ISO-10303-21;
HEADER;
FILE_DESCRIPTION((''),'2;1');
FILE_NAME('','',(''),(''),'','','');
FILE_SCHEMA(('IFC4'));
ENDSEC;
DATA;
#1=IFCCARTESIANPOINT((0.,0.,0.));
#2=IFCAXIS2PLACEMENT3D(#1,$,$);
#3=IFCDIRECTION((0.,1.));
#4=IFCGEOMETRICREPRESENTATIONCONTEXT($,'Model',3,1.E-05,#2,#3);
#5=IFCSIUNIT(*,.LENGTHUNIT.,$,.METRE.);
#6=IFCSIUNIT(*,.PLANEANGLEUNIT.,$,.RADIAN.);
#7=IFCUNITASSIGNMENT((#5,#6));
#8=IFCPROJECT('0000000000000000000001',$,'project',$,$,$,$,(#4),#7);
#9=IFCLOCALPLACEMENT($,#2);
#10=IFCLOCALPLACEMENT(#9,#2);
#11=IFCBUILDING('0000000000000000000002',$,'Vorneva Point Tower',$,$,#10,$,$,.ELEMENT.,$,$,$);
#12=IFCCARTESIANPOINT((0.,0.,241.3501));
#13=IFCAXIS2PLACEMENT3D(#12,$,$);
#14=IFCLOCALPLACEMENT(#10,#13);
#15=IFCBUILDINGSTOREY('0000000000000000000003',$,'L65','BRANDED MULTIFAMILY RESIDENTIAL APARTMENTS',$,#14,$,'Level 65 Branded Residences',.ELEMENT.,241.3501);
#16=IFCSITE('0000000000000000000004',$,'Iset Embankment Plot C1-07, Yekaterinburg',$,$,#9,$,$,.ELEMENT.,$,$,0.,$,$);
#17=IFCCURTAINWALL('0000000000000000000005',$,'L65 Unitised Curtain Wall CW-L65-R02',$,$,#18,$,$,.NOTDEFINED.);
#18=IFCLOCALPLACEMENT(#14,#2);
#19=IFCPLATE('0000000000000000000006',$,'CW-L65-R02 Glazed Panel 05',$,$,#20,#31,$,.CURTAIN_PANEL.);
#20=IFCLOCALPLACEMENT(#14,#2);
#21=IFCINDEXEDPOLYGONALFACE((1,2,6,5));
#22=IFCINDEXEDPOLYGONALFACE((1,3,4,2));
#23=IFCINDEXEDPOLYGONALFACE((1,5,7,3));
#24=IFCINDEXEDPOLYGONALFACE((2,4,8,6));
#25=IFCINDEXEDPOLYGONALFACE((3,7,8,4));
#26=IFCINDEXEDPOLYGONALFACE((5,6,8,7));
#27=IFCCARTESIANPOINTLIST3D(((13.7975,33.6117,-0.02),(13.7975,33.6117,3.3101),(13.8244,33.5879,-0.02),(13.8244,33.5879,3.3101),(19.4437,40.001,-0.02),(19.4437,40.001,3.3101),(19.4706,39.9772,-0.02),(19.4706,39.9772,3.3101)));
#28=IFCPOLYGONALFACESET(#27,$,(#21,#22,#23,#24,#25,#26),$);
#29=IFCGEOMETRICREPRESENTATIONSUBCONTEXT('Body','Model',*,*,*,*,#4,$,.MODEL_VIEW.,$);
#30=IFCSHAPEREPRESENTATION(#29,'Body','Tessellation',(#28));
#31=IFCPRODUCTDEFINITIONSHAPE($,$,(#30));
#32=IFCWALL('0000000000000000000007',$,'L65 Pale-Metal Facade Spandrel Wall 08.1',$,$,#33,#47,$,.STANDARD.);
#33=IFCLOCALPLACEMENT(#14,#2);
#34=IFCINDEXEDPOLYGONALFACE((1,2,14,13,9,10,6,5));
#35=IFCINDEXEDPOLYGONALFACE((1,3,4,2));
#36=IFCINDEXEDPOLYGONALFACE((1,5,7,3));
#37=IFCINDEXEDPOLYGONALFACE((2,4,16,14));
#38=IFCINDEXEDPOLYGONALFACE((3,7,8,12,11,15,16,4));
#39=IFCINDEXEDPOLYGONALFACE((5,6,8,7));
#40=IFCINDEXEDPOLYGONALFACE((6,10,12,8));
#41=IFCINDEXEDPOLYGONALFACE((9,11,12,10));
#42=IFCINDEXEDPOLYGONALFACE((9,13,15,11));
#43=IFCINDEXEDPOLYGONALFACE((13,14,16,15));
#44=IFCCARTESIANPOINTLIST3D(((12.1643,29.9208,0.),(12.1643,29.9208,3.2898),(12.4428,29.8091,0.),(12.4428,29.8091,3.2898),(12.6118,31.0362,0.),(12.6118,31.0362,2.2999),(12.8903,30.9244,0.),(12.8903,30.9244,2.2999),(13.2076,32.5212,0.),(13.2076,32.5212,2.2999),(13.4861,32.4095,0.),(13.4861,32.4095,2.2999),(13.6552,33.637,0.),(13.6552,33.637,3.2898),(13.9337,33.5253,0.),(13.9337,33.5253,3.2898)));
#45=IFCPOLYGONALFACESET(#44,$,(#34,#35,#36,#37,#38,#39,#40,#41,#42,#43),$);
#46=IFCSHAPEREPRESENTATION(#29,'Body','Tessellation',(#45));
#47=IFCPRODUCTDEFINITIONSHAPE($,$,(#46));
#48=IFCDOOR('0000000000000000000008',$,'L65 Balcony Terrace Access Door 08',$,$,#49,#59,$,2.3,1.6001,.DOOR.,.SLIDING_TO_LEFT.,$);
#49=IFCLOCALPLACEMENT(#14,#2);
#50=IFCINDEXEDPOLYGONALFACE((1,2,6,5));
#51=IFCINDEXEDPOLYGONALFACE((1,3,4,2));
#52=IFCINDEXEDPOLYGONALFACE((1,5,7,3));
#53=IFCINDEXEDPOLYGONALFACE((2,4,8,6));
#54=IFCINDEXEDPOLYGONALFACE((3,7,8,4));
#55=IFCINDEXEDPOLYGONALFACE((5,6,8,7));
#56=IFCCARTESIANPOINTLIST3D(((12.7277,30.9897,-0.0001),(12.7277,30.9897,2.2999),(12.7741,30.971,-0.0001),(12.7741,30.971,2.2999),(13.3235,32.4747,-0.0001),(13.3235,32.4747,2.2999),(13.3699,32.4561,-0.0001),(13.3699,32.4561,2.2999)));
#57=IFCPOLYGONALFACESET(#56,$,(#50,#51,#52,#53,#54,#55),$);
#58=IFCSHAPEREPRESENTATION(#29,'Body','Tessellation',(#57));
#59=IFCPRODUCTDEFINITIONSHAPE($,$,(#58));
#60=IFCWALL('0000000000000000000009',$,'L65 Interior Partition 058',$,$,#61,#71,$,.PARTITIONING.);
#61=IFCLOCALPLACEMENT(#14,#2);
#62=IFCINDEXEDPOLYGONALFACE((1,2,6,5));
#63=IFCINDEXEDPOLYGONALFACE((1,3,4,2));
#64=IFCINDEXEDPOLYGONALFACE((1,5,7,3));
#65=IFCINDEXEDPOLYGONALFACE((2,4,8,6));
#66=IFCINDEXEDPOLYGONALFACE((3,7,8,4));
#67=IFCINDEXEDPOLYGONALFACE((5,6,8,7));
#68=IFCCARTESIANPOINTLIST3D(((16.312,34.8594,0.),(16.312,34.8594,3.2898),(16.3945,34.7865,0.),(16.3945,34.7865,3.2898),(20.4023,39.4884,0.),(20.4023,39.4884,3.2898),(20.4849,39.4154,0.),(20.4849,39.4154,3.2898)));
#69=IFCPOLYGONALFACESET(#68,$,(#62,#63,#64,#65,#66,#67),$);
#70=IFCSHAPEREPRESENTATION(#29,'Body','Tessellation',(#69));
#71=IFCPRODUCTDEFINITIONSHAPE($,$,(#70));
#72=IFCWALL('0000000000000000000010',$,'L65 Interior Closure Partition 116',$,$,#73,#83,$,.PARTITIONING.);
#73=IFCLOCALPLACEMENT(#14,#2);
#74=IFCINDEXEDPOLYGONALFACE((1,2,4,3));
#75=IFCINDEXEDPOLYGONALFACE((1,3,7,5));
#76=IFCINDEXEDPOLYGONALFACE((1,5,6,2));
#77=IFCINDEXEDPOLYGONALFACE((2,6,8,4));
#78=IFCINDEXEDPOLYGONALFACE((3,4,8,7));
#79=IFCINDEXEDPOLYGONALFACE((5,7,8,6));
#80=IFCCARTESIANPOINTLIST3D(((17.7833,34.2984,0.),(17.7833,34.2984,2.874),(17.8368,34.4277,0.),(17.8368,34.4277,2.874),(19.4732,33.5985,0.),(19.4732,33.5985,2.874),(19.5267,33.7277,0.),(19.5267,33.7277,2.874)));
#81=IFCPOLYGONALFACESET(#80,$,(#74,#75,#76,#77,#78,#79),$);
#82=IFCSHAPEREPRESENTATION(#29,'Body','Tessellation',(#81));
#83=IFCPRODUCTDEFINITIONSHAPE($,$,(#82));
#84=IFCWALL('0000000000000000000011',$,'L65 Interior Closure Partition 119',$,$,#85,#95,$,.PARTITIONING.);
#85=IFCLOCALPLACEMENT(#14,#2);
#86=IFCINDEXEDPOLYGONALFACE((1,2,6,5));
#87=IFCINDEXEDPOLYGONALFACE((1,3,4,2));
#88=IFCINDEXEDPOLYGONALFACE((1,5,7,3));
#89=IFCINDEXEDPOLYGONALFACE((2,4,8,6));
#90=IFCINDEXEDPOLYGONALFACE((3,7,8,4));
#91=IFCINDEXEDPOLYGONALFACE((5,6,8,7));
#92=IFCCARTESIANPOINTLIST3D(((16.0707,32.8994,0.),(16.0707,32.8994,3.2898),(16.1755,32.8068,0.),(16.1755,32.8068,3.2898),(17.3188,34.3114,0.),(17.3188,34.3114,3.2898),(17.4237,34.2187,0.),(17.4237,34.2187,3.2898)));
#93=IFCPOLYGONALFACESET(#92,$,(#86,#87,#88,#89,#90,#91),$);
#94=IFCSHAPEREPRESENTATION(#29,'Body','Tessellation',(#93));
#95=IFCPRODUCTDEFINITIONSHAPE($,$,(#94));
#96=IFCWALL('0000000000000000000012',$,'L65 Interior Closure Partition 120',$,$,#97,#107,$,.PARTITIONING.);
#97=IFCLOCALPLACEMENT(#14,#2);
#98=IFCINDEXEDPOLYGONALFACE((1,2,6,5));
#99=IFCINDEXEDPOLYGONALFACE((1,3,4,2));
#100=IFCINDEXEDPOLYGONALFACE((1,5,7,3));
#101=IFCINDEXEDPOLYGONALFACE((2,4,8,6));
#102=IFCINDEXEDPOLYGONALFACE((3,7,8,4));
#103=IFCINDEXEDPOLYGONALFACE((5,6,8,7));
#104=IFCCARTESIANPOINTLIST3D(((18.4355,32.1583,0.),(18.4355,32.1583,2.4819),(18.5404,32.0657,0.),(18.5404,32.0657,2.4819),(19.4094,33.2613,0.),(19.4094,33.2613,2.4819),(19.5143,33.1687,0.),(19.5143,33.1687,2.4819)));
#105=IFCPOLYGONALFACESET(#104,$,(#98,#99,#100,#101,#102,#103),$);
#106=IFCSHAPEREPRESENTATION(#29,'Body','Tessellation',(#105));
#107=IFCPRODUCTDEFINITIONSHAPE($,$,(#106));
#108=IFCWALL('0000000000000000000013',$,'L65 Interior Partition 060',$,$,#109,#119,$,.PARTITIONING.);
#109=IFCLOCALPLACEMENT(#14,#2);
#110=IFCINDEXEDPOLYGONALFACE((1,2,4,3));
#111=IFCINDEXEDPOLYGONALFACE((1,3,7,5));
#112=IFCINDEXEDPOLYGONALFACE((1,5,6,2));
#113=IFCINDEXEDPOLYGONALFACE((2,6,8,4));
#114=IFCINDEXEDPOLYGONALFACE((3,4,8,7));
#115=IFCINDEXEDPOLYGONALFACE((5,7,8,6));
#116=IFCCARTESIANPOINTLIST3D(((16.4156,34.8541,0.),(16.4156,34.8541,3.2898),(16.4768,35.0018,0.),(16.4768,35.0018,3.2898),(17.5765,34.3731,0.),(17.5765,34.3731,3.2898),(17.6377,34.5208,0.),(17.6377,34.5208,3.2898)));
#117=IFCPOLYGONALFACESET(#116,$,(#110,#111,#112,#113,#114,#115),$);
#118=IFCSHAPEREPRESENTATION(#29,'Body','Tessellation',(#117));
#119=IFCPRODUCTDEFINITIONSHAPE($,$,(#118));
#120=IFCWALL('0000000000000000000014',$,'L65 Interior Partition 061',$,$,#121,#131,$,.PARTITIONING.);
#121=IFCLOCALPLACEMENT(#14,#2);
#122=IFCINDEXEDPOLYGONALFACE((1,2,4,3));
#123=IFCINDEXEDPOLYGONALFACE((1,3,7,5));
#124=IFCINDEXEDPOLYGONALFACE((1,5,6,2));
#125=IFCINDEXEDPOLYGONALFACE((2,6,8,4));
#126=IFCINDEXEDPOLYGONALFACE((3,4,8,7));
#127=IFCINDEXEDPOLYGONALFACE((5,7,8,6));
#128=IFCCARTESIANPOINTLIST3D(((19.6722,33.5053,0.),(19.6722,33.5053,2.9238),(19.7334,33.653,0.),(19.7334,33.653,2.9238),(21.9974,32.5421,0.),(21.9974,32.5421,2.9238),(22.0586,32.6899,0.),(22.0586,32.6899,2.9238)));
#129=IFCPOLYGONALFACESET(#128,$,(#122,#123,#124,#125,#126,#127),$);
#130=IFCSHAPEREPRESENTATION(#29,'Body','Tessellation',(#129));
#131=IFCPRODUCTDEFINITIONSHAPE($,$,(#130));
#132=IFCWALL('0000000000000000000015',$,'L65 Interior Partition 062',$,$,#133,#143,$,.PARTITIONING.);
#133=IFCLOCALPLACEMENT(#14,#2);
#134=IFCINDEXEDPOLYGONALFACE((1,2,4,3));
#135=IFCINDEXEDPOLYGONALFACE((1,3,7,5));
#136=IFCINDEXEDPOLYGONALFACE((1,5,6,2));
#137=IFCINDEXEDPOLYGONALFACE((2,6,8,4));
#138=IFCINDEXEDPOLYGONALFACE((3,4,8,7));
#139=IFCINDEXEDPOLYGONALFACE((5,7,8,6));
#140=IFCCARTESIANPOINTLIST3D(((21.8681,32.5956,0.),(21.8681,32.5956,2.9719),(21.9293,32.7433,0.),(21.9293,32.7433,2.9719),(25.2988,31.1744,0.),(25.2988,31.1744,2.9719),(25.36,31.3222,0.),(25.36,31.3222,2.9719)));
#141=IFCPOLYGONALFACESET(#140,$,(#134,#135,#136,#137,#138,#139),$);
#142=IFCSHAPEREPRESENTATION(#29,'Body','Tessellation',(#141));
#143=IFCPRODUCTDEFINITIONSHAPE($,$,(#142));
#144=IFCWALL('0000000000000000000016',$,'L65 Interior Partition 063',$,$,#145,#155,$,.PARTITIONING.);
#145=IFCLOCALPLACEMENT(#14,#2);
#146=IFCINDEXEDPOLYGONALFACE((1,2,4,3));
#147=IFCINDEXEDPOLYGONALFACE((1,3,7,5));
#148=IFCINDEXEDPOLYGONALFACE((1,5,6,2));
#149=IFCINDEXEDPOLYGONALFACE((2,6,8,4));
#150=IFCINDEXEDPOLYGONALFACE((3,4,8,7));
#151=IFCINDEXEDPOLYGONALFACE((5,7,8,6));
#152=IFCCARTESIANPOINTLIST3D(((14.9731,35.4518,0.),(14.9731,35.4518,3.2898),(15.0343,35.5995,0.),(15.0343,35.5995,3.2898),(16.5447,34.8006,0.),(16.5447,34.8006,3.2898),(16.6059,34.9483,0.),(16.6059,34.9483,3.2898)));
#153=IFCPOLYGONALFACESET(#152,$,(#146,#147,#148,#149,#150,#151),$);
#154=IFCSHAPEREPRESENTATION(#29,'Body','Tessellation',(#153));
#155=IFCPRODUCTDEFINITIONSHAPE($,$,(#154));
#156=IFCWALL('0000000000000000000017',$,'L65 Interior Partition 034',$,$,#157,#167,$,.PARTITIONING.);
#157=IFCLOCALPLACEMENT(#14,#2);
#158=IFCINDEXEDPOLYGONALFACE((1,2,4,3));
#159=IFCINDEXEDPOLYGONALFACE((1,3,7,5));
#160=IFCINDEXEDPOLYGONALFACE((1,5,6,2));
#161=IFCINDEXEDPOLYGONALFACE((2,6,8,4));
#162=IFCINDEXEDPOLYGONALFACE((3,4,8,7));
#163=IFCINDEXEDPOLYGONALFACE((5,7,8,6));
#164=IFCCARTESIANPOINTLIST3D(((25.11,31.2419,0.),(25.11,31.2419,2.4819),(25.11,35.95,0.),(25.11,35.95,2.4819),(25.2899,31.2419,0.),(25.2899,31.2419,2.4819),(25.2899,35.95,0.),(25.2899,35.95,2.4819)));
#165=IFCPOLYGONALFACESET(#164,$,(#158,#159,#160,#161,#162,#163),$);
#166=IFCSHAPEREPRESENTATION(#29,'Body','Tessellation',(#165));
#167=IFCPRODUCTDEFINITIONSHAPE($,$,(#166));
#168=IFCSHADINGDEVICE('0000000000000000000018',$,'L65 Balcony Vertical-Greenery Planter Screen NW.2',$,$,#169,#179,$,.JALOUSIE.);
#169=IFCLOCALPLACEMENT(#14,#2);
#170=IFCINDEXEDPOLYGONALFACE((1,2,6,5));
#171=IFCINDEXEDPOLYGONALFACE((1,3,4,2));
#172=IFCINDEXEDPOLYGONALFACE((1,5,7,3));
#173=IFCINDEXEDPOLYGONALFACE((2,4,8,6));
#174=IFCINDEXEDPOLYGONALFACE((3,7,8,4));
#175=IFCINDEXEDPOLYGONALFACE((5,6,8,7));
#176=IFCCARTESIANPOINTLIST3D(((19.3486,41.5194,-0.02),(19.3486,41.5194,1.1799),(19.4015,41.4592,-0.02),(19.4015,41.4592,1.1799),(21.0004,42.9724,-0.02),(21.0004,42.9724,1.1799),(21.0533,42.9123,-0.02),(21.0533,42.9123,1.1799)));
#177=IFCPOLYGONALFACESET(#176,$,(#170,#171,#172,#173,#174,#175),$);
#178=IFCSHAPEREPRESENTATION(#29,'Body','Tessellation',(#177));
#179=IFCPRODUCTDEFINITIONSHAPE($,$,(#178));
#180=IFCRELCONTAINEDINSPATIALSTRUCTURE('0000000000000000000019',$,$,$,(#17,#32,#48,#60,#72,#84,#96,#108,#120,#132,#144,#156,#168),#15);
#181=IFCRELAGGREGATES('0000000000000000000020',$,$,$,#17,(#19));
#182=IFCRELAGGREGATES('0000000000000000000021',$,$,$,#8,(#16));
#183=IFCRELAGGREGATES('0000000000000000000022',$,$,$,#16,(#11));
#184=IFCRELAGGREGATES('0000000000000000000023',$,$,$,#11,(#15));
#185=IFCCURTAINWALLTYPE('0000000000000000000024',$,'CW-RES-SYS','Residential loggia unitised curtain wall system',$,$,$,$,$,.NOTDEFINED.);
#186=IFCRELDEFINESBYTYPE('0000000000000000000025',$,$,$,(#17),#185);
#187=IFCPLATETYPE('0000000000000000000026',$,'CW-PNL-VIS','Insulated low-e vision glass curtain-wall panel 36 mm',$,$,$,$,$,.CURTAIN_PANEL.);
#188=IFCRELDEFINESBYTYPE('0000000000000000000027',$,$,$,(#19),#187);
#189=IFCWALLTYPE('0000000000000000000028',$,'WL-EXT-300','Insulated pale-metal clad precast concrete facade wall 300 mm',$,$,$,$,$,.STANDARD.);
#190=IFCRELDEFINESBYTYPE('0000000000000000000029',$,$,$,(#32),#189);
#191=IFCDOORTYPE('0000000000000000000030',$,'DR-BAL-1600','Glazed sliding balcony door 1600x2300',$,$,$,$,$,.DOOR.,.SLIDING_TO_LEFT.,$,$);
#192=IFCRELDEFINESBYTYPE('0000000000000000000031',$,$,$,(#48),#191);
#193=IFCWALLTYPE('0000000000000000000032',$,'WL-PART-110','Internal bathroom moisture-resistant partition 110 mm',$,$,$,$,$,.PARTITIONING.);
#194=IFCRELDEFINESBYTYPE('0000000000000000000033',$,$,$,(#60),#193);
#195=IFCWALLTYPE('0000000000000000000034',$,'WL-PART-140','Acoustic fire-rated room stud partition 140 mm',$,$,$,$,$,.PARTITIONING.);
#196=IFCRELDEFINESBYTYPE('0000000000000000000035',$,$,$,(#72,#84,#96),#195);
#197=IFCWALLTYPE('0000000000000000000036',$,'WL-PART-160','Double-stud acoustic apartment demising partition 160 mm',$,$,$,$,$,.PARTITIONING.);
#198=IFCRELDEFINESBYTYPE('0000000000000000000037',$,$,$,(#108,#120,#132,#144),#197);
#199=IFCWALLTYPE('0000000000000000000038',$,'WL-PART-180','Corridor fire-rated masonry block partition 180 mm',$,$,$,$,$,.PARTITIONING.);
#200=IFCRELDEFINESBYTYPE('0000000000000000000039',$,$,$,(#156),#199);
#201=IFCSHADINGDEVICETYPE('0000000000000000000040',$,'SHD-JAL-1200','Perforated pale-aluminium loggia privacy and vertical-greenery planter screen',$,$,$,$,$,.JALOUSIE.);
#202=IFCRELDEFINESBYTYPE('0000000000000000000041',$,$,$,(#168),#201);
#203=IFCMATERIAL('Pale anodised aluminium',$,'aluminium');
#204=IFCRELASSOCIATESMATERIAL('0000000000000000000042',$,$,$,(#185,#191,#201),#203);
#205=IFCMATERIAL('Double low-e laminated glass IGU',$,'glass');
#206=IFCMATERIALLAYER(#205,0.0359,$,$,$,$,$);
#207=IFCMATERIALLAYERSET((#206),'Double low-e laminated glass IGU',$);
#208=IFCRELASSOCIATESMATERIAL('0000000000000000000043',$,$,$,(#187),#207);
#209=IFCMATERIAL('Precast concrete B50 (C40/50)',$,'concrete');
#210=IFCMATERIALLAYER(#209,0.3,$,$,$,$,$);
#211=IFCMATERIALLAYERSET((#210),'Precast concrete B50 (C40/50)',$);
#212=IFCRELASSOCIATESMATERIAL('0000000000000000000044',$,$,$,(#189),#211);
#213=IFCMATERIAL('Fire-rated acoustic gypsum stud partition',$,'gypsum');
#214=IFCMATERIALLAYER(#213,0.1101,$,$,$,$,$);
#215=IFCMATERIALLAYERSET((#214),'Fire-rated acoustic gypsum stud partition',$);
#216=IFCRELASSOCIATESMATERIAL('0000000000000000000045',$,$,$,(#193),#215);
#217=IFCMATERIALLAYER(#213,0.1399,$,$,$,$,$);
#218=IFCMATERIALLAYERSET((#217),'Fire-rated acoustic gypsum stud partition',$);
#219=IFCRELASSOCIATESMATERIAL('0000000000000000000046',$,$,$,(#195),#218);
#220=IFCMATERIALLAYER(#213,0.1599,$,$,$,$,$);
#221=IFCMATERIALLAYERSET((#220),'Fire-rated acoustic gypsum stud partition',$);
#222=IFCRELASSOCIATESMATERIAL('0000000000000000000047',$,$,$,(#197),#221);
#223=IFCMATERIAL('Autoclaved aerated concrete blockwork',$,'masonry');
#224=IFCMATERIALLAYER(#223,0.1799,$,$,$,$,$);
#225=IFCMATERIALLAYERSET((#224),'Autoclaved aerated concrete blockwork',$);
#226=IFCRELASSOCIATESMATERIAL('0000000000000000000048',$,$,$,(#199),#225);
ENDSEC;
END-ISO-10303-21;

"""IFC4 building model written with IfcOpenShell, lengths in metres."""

from ifc_helpers import new_model, si_unit, direction, frame, frame_2d, origin, origin_2d, place, context, subcontext, project, spatial, rectangle, extrude, material, layer, layer_set, type_object, element, fill, aggregate, save


model = new_model("IFC4")

# Units and contexts
model_context = context("Model", 3, precision=1e-05, world=origin(), true_north=direction((0.0, 1.0)))
body_context = subcontext(model_context, "Body", "Model", "MODEL_VIEW")
ifc_project = project(units=[si_unit("LENGTHUNIT", "METRE"), si_unit("PLANEANGLEUNIT", "RADIAN")], contexts=[model_context])

# Site, building, storey
site_placement = place(None, origin())
site = spatial("IfcSite", under=ifc_project, at=site_placement, Name="Iset Embankment Plot C1-07, Yekaterinburg", CompositionType="ELEMENT", RefElevation=0.0)
building_placement = place(site_placement, origin())
building = spatial("IfcBuilding", under=site, at=building_placement, Name="Vorneva Point Tower", CompositionType="ELEMENT")
storey_placement = place(building_placement, frame((0.0, 0.0, 241.3501)))
storey = spatial("IfcBuildingStorey", under=building, at=storey_placement, Name="L65", Description="BRANDED MULTIFAMILY RESIDENTIAL APARTMENTS", LongName="Level 65 Branded Residences", CompositionType="ELEMENT", Elevation=241.3501)

# Curtain wall, plate
ifc_material_1 = material(Name="Pale anodised aluminium", Category="aluminium")
curtain_wall_type = type_object("IfcCurtainWallType", Name="CW-RES-SYS", Description="Residential loggia unitised curtain wall system", PredefinedType="NOTDEFINED", material=ifc_material_1)
curtain_wall_placement = place(storey_placement, origin())
curtain_wall = element("IfcCurtainWall", 1, at=curtain_wall_placement, inside=storey, type_object=curtain_wall_type, Name="L65 Unitised Curtain Wall CW-L65-R02", PredefinedType="NOTDEFINED")
ifc_material_2 = material(Name="Double low-e laminated glass IGU", Category="glass")
ifc_layer_1 = layer(ifc_material_2, 0.0359)
ifc_layer_set_1 = layer_set([ifc_layer_1], Name="Double low-e laminated glass IGU")
plate_type = type_object("IfcPlateType", Name="CW-PNL-VIS", Description="Insulated low-e vision glass curtain-wall panel 36 mm", PredefinedType="CURTAIN_PANEL", material=ifc_layer_set_1)
plate_1_placement = place(storey_placement, frame((16.634, 36.7944, -0.02), z_axis=(0.0, 0.0, 1.0), x_axis=(-0.662189, -0.749337, 0.0)))
plate_1 = element("IfcPlate", 2, at=plate_1_placement, type_object=plate_type, Name="CW-L65-R02 Glazed Panel 05", PredefinedType="CURTAIN_PANEL", context=body_context, shape_type="SweptSolid", body=[
    extrude(rectangle(XDim=8.5266, YDim=0.0359, at=origin_2d()), origin(), (0.0, 0.0, 1.0), 3.3301),
])
aggregate(curtain_wall, [plate_1])

# Wall, opening, door
ifc_material_3 = material(Name="Precast concrete B50 (C40/50)", Category="concrete")
ifc_layer_2 = layer(ifc_material_3, 0.3)
ifc_layer_set_2 = layer_set([ifc_layer_2], Name="Precast concrete B50 (C40/50)")
wall_type_1 = type_object("IfcWallType", Name="WL-EXT-300", Description="Insulated pale-metal clad precast concrete facade wall 300 mm", PredefinedType="STANDARD", material=ifc_layer_set_2)
wall_1_placement = place(storey_placement, frame((13.7944, 33.5811, 0.0), z_axis=(0.0, 0.0, 1.0), x_axis=(-0.372347, -0.928094, 0.0)))
wall_1 = element("IfcWall", 3, at=wall_1_placement, inside=storey, type_object=wall_type_1, Name="L65 Pale-Metal Facade Spandrel Wall 08.1", PredefinedType="STANDARD", context=body_context, shape_type="SweptSolid", body=[
    extrude(rectangle(XDim=4.0042, YDim=0.3, at=frame_2d((2.002, 0.0))), origin(), (0.0, 0.0, 1.0), 3.2898),
])
opening_placement = place(wall_1_placement, frame((1.2021, 0.0, 0.0)))
opening = element("IfcOpeningElement", 4, at=opening_placement, cuts=wall_1, PredefinedType="OPENING", context=body_context, shape_type="SweptSolid", body=[
    extrude(rectangle(XDim=1.6001, YDim=2.3, at=frame_2d((0.8, 1.1499))), frame((0.0, 0.165, 0.0), z_axis=(0.0, -1.0, 0.0), x_axis=(1.0, 0.0, 0.0)), (0.0, 0.0, 1.0), 0.3298),
])
door_type = type_object("IfcDoorType", Name="DR-BAL-1600", Description="Glazed sliding balcony door 1600x2300", OperationType="SLIDING_TO_LEFT", PredefinedType="DOOR", material=ifc_material_1)
door_placement = place(opening_placement, origin())
door = element("IfcDoor", 5, at=door_placement, inside=storey, type_object=door_type, Name="L65 Balcony Terrace Access Door 08", OperationType="SLIDING_TO_LEFT", OverallHeight=2.3, OverallWidth=1.6001, PredefinedType="DOOR", context=body_context, shape_type="SweptSolid", body=[
    extrude(rectangle(XDim=1.6001, YDim=2.3, at=frame_2d((0.8, 1.1499))), frame((0.0, 0.0249, 0.0), z_axis=(0.0, -1.0, 0.0), x_axis=(1.0, 0.0, 0.0)), (0.0, 0.0, 1.0), 0.05),
])
fill(opening, door)

# Walls
ifc_material_4 = material(Name="Fire-rated acoustic gypsum stud partition", Category="gypsum")
ifc_layer_3 = layer(ifc_material_4, 0.1101)
ifc_layer_set_3 = layer_set([ifc_layer_3], Name="Fire-rated acoustic gypsum stud partition")
wall_type_2 = type_object("IfcWallType", Name="WL-PART-110", Description="Internal bathroom moisture-resistant partition 110 mm", PredefinedType="PARTITIONING", material=ifc_layer_set_3)
wall_2_placement = place(storey_placement, frame((20.4436, 39.4519, 0.0), z_axis=(0.0, 0.0, 1.0), x_axis=(-0.662168, -0.749356, 0.0)))
element("IfcWall", 6, at=wall_2_placement, inside=storey, type_object=wall_type_2, Name="L65 Interior Partition 058", PredefinedType="PARTITIONING", context=body_context, shape_type="SweptSolid", body=[
    extrude(rectangle(XDim=6.1772, YDim=0.1101, at=frame_2d((3.0886, 0.0))), origin(), (0.0, 0.0, 1.0), 3.2898),
])
ifc_layer_4 = layer(ifc_material_4, 0.1399)
ifc_layer_set_4 = layer_set([ifc_layer_4], Name="Fire-rated acoustic gypsum stud partition")
wall_type_3 = type_object("IfcWallType", Name="WL-PART-140", Description="Acoustic fire-rated room stud partition 140 mm", PredefinedType="PARTITIONING", material=ifc_layer_set_4)
wall_3_placement = place(storey_placement, frame((17.8101, 34.363, 0.0), z_axis=(0.0, 0.0, 1.0), x_axis=(0.923888, -0.382662, 0.0)))
element("IfcWall", 7, at=wall_3_placement, inside=storey, type_object=wall_type_3, Name="L65 Interior Closure Partition 116", PredefinedType="PARTITIONING", context=body_context, shape_type="SweptSolid", body=[
    extrude(rectangle(XDim=1.8291, YDim=0.1399, at=frame_2d((0.9146, 0.0))), origin(), (0.0, 0.0, 1.0), 2.874),
])
wall_4_placement = place(storey_placement, frame((16.123, 32.853, 0.0), z_axis=(0.0, 0.0, 1.0), x_axis=(0.662303, 0.749236, 0.0)))
element("IfcWall", 8, at=wall_4_placement, inside=storey, type_object=wall_type_3, Name="L65 Interior Closure Partition 119", PredefinedType="PARTITIONING", context=body_context, shape_type="SweptSolid", body=[
    extrude(rectangle(XDim=1.8845, YDim=0.1399, at=frame_2d((0.9424, 0.0))), origin(), (0.0, 0.0, 1.0), 3.2898),
])
wall_5_placement = place(storey_placement, frame((19.4619, 33.2151, 0.0), z_axis=(0.0, 0.0, 1.0), x_axis=(-0.661858, -0.74963, 0.0)))
element("IfcWall", 9, at=wall_5_placement, inside=storey, type_object=wall_type_3, Name="L65 Interior Closure Partition 120", PredefinedType="PARTITIONING", context=body_context, shape_type="SweptSolid", body=[
    extrude(rectangle(XDim=1.4714, YDim=0.1399, at=frame_2d((0.7358, 0.0))), origin(), (0.0, 0.0, 1.0), 2.4819),
])
ifc_layer_5 = layer(ifc_material_4, 0.1599)
ifc_layer_set_5 = layer_set([ifc_layer_5], Name="Fire-rated acoustic gypsum stud partition")
wall_type_4 = type_object("IfcWallType", Name="WL-PART-160", Description="Double-stud acoustic apartment demising partition 160 mm", PredefinedType="PARTITIONING", material=ifc_layer_set_5)
wall_6_placement = place(storey_placement, frame((16.446, 34.928, 0.0), z_axis=(0.0, 0.0, 1.0), x_axis=(0.923851, -0.382752, 0.0)))
element("IfcWall", 10, at=wall_6_placement, inside=storey, type_object=wall_type_4, Name="L65 Interior Partition 060", PredefinedType="PARTITIONING", context=body_context, shape_type="SweptSolid", body=[
    extrude(rectangle(XDim=1.2566, YDim=0.1599, at=frame_2d((0.6284, 0.0))), origin(), (0.0, 0.0, 1.0), 3.2898),
])
wall_7_placement = place(storey_placement, frame((19.7029, 33.5791, 0.0), z_axis=(0.0, 0.0, 1.0), x_axis=(0.923879, -0.382686, 0.0)))
element("IfcWall", 11, at=wall_7_placement, inside=storey, type_object=wall_type_4, Name="L65 Interior Partition 061", PredefinedType="PARTITIONING", context=body_context, shape_type="SweptSolid", body=[
    extrude(rectangle(XDim=2.5168, YDim=0.1599, at=frame_2d((1.2583, 0.0))), origin(), (0.0, 0.0, 1.0), 2.9238),
])
wall_8_placement = place(storey_placement, frame((21.8987, 32.6694, 0.0), z_axis=(0.0, 0.0, 1.0), x_axis=(0.923869, -0.38271, 0.0)))
element("IfcWall", 12, at=wall_8_placement, inside=storey, type_object=wall_type_4, Name="L65 Interior Partition 062", PredefinedType="PARTITIONING", context=body_context, shape_type="SweptSolid", body=[
    extrude(rectangle(XDim=3.7134, YDim=0.1599, at=frame_2d((1.8567, 0.0))), origin(), (0.0, 0.0, 1.0), 2.9719),
])
wall_9_placement = place(storey_placement, frame((15.0037, 35.5256, 0.0), z_axis=(0.0, 0.0, 1.0), x_axis=(0.923844, -0.38277, 0.0)))
element("IfcWall", 13, at=wall_9_placement, inside=storey, type_object=wall_type_4, Name="L65 Interior Partition 063", PredefinedType="PARTITIONING", context=body_context, shape_type="SweptSolid", body=[
    extrude(rectangle(XDim=1.7012, YDim=0.1599, at=frame_2d((0.8506, 0.0))), origin(), (0.0, 0.0, 1.0), 3.2898),
])
ifc_material_5 = material(Name="Autoclaved aerated concrete blockwork", Category="masonry")
ifc_layer_6 = layer(ifc_material_5, 0.1799)
ifc_layer_set_6 = layer_set([ifc_layer_6], Name="Autoclaved aerated concrete blockwork")
wall_type_5 = type_object("IfcWallType", Name="WL-PART-180", Description="Corridor fire-rated masonry block partition 180 mm", PredefinedType="PARTITIONING", material=ifc_layer_set_6)
wall_10_placement = place(storey_placement, frame((25.2, 35.95, 0.0), z_axis=(0.0, 0.0, 1.0), x_axis=(0.0, -1.0, 0.0)))
element("IfcWall", 14, at=wall_10_placement, inside=storey, type_object=wall_type_5, Name="L65 Interior Partition 034", PredefinedType="PARTITIONING", context=body_context, shape_type="SweptSolid", body=[
    extrude(rectangle(XDim=4.708, YDim=0.1799, at=frame_2d((2.354, 0.0))), origin(), (0.0, 0.0, 1.0), 2.4819),
])

# Shading device
shading_device_type = type_object("IfcShadingDeviceType", Name="SHD-JAL-1200", Description="Perforated pale-aluminium loggia privacy and vertical-greenery planter screen", PredefinedType="JALOUSIE", material=ifc_material_1)
shading_device_placement = place(storey_placement, frame((20.2009, 42.2158, -0.02), z_axis=(0.0, 0.0, 1.0), x_axis=(-0.750838, -0.660487, 0.0)))
element("IfcShadingDevice", 15, at=shading_device_placement, inside=storey, type_object=shading_device_type, Name="L65 Balcony Vertical-Greenery Planter Screen NW.2", PredefinedType="JALOUSIE", context=body_context, shape_type="SweptSolid", body=[
    extrude(rectangle(XDim=2.2, YDim=0.0801, at=origin_2d()), origin(), (0.0, 0.0, 1.0), 1.2),
])

save(model, "model.ifc")
